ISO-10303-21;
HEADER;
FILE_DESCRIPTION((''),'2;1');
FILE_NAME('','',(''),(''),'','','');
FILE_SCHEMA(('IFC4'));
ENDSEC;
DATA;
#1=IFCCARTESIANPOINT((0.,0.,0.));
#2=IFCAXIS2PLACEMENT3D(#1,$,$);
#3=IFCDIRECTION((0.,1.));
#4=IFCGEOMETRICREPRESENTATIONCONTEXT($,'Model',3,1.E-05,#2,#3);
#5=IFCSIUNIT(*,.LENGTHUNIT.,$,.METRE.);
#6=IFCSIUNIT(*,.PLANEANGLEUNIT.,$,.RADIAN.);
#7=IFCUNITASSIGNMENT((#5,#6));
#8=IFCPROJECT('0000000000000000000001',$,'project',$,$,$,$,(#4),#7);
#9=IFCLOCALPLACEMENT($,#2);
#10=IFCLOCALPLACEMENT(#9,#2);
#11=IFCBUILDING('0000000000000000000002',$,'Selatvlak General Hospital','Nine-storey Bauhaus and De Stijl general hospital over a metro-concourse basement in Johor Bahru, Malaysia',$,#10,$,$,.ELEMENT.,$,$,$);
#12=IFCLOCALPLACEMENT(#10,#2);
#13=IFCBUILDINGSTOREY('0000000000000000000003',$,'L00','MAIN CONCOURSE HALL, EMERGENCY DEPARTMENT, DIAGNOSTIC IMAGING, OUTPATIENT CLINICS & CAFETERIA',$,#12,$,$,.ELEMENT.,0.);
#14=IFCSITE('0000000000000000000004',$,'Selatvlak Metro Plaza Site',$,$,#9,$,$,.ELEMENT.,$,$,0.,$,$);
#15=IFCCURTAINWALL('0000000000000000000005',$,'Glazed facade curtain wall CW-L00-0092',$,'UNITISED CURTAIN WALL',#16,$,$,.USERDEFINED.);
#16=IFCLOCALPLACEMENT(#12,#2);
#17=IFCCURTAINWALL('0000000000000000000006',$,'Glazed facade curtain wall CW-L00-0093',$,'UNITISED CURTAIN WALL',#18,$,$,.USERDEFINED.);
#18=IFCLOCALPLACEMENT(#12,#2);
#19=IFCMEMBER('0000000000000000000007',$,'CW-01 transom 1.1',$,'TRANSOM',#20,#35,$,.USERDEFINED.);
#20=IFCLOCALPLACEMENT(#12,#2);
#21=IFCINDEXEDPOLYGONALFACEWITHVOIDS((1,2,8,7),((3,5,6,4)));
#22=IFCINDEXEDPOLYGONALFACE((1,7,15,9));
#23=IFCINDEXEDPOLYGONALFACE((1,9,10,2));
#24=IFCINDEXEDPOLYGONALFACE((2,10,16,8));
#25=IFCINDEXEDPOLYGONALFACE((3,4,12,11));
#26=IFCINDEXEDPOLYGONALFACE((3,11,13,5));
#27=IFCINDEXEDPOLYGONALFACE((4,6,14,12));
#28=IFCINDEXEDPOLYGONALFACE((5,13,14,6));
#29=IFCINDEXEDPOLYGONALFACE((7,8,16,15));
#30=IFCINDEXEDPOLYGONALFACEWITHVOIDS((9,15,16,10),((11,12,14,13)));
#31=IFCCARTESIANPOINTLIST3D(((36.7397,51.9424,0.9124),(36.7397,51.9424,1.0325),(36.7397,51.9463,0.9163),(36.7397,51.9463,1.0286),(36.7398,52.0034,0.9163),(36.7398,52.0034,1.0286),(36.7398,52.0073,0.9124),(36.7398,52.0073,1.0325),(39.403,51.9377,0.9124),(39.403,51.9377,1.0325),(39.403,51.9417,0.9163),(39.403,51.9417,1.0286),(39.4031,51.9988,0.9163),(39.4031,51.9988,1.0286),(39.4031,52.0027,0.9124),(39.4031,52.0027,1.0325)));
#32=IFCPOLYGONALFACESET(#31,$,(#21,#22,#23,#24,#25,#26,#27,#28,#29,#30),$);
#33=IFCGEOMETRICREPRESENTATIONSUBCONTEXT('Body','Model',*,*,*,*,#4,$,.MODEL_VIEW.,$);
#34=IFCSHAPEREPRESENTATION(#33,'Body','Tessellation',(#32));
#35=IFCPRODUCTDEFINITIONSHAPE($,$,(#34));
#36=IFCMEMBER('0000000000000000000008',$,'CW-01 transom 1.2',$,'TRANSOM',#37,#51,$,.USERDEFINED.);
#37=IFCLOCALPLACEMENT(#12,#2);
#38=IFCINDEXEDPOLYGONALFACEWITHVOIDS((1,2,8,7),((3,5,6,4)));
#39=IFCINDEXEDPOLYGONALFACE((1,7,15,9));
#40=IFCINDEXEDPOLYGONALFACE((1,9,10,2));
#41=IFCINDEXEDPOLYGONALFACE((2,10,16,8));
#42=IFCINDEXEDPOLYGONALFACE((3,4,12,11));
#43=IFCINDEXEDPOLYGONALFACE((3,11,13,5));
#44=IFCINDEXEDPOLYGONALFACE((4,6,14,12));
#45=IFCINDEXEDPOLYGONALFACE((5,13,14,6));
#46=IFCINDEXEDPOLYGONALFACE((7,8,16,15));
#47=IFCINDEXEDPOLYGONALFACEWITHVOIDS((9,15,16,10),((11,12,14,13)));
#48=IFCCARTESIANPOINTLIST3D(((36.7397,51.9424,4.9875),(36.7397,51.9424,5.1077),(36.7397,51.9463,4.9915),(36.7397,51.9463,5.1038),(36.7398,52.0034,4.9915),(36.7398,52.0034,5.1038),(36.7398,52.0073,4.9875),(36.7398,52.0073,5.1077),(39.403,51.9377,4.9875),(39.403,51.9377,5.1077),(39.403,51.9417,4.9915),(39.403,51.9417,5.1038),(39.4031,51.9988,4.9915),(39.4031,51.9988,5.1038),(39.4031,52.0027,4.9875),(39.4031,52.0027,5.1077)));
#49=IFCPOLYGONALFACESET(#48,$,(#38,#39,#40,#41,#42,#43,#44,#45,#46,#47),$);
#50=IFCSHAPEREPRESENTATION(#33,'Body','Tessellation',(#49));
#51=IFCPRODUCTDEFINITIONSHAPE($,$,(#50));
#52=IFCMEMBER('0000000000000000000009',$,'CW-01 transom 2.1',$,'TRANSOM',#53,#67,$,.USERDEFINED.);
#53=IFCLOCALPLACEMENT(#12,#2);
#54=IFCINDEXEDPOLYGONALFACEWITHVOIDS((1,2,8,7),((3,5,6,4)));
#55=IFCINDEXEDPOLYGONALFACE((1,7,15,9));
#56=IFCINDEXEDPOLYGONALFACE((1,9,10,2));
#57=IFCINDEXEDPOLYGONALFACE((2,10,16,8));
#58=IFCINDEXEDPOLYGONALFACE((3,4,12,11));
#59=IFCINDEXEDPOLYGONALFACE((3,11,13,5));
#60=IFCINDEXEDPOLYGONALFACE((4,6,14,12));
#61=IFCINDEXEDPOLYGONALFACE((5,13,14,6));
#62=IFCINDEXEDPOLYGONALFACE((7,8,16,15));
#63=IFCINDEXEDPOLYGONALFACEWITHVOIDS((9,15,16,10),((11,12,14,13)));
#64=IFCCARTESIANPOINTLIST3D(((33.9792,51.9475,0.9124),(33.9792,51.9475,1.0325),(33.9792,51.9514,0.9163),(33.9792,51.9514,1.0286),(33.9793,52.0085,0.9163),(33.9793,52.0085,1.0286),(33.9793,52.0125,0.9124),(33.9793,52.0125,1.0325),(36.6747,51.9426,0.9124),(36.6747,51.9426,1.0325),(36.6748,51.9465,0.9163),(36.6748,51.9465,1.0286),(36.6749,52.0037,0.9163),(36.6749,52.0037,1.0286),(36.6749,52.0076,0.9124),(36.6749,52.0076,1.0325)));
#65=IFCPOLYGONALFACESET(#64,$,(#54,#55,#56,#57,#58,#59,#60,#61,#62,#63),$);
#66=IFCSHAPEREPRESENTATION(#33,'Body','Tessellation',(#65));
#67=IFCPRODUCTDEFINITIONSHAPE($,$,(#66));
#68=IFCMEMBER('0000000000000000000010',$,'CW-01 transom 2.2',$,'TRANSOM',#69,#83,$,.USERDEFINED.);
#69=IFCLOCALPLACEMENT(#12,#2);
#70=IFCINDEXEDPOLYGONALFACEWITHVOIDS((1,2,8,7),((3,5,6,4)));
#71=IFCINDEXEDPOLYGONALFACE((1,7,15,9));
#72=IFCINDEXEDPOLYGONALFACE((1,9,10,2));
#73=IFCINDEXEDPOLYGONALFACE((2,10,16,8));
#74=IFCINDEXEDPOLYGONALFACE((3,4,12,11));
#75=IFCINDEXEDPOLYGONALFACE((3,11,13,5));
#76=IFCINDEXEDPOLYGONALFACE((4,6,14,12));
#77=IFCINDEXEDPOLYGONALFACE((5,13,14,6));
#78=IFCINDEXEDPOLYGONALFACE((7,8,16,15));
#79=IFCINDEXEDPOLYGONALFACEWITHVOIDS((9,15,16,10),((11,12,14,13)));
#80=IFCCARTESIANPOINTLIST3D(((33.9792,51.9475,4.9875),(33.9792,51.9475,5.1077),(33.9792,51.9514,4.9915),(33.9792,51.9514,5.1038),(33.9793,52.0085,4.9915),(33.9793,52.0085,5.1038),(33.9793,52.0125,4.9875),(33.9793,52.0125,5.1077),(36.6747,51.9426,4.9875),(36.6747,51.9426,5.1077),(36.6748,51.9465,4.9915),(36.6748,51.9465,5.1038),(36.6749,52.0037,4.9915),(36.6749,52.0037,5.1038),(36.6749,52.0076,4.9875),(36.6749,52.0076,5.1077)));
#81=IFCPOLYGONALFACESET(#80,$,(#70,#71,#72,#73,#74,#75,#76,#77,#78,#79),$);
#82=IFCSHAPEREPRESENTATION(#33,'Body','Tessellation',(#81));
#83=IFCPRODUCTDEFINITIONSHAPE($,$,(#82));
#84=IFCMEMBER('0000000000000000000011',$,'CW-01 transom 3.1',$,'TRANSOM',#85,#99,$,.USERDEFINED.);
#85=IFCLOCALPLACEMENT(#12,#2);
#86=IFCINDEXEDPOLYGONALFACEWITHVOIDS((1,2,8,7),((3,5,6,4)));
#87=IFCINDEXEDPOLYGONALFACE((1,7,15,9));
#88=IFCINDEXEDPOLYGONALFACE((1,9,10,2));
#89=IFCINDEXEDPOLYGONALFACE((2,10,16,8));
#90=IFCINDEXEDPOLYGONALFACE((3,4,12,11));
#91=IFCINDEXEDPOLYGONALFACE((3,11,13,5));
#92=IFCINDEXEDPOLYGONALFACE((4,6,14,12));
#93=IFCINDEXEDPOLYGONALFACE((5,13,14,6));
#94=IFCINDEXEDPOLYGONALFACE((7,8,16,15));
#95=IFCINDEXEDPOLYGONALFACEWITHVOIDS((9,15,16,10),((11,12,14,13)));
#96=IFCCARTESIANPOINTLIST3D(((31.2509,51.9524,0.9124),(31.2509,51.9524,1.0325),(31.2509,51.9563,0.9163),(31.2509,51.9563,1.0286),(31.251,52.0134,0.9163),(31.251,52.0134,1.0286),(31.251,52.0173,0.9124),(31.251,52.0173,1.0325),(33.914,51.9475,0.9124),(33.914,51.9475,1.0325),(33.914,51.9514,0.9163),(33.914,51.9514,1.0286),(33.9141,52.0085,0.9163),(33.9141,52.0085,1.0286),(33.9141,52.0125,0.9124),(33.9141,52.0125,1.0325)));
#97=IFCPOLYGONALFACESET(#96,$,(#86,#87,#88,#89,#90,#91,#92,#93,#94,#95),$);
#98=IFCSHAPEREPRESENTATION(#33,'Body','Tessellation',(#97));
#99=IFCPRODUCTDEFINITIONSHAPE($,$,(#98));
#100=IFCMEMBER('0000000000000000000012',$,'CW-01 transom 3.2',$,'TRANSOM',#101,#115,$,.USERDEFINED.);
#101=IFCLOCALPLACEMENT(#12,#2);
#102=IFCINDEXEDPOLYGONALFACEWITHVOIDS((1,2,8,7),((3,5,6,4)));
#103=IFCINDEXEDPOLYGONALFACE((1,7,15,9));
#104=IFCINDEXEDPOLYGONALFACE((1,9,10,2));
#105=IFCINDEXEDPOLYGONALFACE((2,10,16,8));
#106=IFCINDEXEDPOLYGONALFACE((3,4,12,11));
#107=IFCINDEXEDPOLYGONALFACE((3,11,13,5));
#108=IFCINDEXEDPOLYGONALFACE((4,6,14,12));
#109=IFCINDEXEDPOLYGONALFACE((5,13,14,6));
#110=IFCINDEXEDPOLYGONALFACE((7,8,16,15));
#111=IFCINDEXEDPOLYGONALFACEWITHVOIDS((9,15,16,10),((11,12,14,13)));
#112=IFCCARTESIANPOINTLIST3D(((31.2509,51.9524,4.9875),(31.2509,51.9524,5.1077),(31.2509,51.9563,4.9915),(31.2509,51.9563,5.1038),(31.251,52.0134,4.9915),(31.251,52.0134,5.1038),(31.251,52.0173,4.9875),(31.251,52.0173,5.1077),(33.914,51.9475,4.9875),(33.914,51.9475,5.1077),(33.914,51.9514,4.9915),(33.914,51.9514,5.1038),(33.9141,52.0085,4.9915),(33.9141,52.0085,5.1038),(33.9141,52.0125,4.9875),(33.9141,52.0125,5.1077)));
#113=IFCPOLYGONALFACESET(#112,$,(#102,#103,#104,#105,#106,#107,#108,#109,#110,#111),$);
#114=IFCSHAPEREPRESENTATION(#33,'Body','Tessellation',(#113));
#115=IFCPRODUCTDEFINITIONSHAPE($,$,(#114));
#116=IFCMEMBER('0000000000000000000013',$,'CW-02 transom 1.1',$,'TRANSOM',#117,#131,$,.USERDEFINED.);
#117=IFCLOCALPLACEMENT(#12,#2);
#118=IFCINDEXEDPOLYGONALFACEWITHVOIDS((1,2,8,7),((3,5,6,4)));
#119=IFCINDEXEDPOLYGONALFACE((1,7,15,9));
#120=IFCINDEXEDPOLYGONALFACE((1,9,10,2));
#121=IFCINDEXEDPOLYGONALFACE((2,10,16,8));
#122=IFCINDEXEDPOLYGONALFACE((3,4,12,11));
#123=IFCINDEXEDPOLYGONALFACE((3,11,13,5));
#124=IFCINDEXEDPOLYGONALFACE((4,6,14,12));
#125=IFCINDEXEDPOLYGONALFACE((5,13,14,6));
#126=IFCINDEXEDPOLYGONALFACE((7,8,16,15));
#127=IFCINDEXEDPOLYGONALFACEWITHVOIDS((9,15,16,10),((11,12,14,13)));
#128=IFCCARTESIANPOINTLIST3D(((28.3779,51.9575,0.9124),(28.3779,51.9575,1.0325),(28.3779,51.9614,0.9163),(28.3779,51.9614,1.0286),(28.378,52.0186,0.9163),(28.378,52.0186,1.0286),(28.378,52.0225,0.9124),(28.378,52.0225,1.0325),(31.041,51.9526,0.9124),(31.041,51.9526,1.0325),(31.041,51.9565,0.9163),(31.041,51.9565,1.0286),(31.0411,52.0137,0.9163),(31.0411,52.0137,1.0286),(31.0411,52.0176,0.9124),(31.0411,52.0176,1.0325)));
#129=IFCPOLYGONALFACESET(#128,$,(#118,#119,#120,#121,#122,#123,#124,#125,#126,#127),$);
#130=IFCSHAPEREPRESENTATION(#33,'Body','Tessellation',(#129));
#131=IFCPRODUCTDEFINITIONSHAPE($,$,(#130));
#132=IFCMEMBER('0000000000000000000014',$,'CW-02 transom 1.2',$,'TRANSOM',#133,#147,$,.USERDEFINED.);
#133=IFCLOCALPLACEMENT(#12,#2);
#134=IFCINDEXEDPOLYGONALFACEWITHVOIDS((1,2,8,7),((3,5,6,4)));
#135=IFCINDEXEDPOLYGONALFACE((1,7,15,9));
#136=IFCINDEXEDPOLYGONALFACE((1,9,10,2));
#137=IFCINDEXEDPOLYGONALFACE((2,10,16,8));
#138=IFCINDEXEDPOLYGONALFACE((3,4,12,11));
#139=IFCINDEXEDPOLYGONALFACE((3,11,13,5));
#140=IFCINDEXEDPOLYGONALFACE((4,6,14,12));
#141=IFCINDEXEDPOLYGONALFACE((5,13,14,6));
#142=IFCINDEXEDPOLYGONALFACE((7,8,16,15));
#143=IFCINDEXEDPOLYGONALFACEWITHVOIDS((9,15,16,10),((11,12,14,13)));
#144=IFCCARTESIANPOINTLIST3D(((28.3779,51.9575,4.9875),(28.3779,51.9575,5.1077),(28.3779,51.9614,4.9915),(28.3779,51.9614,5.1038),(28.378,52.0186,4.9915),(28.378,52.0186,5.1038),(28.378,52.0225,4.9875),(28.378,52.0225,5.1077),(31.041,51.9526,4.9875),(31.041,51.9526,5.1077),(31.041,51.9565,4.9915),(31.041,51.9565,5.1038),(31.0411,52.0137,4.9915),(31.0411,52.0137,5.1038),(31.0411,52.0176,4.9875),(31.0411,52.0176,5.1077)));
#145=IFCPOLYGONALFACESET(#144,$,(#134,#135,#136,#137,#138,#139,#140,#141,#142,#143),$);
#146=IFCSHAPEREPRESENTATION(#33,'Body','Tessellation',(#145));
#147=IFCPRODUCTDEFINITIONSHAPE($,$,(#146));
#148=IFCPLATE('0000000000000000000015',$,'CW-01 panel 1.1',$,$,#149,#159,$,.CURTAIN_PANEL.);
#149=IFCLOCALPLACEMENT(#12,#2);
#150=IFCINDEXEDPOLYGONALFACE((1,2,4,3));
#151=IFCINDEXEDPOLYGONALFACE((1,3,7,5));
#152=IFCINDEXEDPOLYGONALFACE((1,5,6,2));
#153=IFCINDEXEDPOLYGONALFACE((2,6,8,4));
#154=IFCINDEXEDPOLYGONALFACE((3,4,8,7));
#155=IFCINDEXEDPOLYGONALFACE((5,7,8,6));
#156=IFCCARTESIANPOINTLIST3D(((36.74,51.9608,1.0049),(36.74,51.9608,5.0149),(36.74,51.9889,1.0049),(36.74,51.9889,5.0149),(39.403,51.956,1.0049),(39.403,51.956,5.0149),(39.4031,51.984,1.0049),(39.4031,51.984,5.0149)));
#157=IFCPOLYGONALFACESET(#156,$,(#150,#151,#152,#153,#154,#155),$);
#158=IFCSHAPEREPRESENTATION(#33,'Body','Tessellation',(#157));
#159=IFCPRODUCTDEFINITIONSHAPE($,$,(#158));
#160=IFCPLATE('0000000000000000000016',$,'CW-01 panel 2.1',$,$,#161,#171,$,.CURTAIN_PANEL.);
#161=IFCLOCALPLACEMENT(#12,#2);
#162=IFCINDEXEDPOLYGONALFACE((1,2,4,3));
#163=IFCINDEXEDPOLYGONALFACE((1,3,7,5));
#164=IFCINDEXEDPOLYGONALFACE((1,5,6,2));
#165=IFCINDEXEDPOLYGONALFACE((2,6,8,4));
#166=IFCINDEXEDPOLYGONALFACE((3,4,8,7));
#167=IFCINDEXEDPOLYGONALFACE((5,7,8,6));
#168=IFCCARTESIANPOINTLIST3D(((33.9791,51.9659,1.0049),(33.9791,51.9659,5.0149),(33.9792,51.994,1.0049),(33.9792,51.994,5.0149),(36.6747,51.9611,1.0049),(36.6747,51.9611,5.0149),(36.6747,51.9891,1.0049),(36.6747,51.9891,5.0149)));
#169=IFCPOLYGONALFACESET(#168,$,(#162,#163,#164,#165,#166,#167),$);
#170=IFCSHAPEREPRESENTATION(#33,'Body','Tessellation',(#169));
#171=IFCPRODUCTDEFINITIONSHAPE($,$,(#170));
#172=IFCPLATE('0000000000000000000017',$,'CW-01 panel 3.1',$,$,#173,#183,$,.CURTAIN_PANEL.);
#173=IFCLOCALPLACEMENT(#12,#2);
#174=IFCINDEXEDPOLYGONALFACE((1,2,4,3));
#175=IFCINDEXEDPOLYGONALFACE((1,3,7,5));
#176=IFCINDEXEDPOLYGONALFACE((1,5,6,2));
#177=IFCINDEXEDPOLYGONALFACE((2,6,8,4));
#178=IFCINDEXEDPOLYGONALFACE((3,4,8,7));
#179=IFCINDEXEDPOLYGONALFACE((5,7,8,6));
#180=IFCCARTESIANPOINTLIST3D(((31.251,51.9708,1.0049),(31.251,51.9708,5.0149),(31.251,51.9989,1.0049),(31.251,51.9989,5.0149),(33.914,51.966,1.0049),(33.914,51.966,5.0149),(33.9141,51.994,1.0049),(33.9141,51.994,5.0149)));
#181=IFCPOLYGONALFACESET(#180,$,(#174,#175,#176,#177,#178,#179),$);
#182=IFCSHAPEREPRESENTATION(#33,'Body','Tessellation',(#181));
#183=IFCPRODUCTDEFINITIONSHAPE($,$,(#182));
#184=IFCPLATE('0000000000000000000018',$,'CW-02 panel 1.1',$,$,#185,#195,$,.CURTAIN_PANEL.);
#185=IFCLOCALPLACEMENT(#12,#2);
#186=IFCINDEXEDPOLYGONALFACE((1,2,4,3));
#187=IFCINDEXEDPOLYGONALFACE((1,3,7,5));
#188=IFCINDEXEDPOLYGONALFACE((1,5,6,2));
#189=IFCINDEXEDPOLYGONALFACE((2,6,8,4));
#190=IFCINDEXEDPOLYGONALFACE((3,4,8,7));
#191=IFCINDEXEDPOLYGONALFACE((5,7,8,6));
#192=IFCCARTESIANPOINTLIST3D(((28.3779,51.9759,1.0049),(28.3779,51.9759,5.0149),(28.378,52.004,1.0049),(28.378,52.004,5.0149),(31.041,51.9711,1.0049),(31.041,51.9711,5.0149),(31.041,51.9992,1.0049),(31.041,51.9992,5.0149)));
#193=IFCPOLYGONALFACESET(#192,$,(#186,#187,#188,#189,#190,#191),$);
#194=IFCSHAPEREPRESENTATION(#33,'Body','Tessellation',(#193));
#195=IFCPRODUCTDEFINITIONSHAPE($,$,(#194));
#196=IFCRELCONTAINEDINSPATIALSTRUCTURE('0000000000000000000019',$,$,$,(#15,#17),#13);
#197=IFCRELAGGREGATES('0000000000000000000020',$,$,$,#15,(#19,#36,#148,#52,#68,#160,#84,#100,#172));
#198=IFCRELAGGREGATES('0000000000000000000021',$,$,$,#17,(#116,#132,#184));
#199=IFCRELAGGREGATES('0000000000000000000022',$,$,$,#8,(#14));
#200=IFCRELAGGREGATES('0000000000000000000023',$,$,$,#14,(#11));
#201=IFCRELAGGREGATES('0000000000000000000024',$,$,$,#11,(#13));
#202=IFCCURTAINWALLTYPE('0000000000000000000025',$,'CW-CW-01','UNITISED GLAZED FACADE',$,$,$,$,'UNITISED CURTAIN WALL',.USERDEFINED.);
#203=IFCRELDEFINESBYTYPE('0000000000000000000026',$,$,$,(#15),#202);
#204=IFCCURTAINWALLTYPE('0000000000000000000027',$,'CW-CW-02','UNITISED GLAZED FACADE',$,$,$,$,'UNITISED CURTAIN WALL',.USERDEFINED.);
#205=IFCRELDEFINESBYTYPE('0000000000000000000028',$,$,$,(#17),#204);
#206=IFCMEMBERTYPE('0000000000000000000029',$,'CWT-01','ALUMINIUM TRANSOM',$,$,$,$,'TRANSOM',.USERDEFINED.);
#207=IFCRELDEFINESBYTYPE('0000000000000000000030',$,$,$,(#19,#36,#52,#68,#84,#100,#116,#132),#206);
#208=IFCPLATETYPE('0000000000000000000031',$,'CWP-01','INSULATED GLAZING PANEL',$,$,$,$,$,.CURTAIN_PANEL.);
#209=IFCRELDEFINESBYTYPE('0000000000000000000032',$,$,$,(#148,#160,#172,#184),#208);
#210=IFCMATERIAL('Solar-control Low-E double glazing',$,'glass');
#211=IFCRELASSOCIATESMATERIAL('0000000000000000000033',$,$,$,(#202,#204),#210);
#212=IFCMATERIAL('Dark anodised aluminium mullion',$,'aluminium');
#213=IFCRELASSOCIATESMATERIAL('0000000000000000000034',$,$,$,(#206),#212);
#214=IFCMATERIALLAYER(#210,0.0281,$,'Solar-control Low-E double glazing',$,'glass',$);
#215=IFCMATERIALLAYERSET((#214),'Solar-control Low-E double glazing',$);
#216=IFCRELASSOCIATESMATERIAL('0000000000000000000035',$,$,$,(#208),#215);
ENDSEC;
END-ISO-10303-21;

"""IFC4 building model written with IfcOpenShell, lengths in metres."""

from ifc_helpers import new_model, si_unit, direction, frame, origin, origin_2d, place, context, subcontext, project, spatial, rectangle, hollow_rectangle, extrude, material, layer, layer_set, material_profile, profile_set, type_object, element, aggregate, save


model = new_model("IFC4")

# Units and contexts
model_context = context("Model", 3, precision=1e-05, world=origin(), true_north=direction((0.0, 1.0)))
body_context = subcontext(model_context, "Body", "Model", "MODEL_VIEW")
ifc_project = project(units=[si_unit("LENGTHUNIT", "METRE"), si_unit("PLANEANGLEUNIT", "RADIAN")], contexts=[model_context])

# Site, building, storey
site_placement = place(None, origin())
site = spatial("IfcSite", under=ifc_project, at=site_placement, Name="Selatvlak Metro Plaza Site", CompositionType="ELEMENT", RefElevation=0.0)
building_placement = place(site_placement, origin())
building = spatial("IfcBuilding", under=site, at=building_placement, Name="Selatvlak General Hospital", Description="Nine-storey Bauhaus and De Stijl general hospital over a metro-concourse basement in Johor Bahru, Malaysia", CompositionType="ELEMENT")
storey_placement = place(building_placement, origin())
storey = spatial("IfcBuildingStorey", under=building, at=storey_placement, Name="L00", Description="MAIN CONCOURSE HALL, EMERGENCY DEPARTMENT, DIAGNOSTIC IMAGING, OUTPATIENT CLINICS & CAFETERIA", CompositionType="ELEMENT", Elevation=0.0)

# Curtain walls
ifc_material_1 = material(Name="Solar-control Low-E double glazing", Category="glass")
curtain_wall_type_1 = type_object("IfcCurtainWallType", Name="CW-CW-01", Description="UNITISED GLAZED FACADE", ElementType="UNITISED CURTAIN WALL", PredefinedType="USERDEFINED", material=ifc_material_1)
curtain_wall_1_placement = place(storey_placement, origin())
curtain_wall_1 = element("IfcCurtainWall", 1, at=curtain_wall_1_placement, inside=storey, type_object=curtain_wall_type_1, Name="Glazed facade curtain wall CW-L00-0092", ObjectType="UNITISED CURTAIN WALL", PredefinedType="USERDEFINED")
ifc_material_2 = material(Name="Dark anodised aluminium mullion", Category="aluminium")
curtain_wall_type_2 = type_object("IfcCurtainWallType", Name="CW-CW-02", Description="UNITISED GLAZED FACADE", ElementType="UNITISED CURTAIN WALL", PredefinedType="USERDEFINED", material=ifc_material_1)
curtain_wall_2_placement = place(storey_placement, origin())
curtain_wall_2 = element("IfcCurtainWall", 2, at=curtain_wall_2_placement, inside=storey, type_object=curtain_wall_type_2, Name="Glazed facade curtain wall CW-L00-0093", ObjectType="UNITISED CURTAIN WALL", PredefinedType="USERDEFINED")

# Members
ifc_material_profile_1 = material_profile(ifc_material_2, hollow_rectangle(XDim=0.0649, YDim=0.1201, WallThickness=0.0039, at=origin_2d()), Name="AL-TRN 65x120x4")
ifc_profile_set_1 = profile_set([ifc_material_profile_1], Name="Dark anodised aluminium mullion")
member_type_1 = type_object("IfcMemberType", Name="CWT-01", Description="ALUMINIUM TRANSOM", ElementType="TRANSOM", PredefinedType="USERDEFINED", material=ifc_profile_set_1)
member_1_placement = place(storey_placement, frame((39.4031, 51.9702, 0.9724), z_axis=(-0.999998, 0.001742, 0.0), x_axis=(-0.001742, -0.999998, 0.0)))
member_1 = element("IfcMember", 3, at=member_1_placement, type_object=member_type_1, Name="CW-01 transom 1.1", ObjectType="TRANSOM", PredefinedType="USERDEFINED", context=body_context, shape_type="SweptSolid", body=[
    extrude(hollow_rectangle(XDim=0.0649, YDim=0.1201, WallThickness=0.0039, at=origin_2d()), origin(), (0.0, 0.0, 1.0), 2.6633),
])
member_2_placement = place(storey_placement, frame((39.4031, 51.9702, 5.0476), z_axis=(-0.999998, 0.001742, 0.0), x_axis=(-0.001742, -0.999998, 0.0)))
member_2 = element("IfcMember", 4, at=member_2_placement, type_object=member_type_1, Name="CW-01 transom 1.2", ObjectType="TRANSOM", PredefinedType="USERDEFINED", context=body_context, shape_type="SweptSolid", body=[
    extrude(hollow_rectangle(XDim=0.0649, YDim=0.1201, WallThickness=0.0039, at=origin_2d()), origin(), (0.0, 0.0, 1.0), 2.6633),
])
member_3_placement = place(storey_placement, frame((36.6748, 51.9751, 0.9724), z_axis=(-0.999998, 0.001811, 0.0), x_axis=(-0.001811, -0.999998, 0.0)))
member_3 = element("IfcMember", 5, at=member_3_placement, type_object=member_type_1, Name="CW-01 transom 2.1", ObjectType="TRANSOM", PredefinedType="USERDEFINED", context=body_context, shape_type="SweptSolid", body=[
    extrude(hollow_rectangle(XDim=0.0649, YDim=0.1201, WallThickness=0.0039, at=origin_2d()), origin(), (0.0, 0.0, 1.0), 2.6956),
])
member_4_placement = place(storey_placement, frame((36.6748, 51.9751, 5.0476), z_axis=(-0.999998, 0.001811, 0.0), x_axis=(-0.001811, -0.999998, 0.0)))
member_4 = element("IfcMember", 6, at=member_4_placement, type_object=member_type_1, Name="CW-01 transom 2.2", ObjectType="TRANSOM", PredefinedType="USERDEFINED", context=body_context, shape_type="SweptSolid", body=[
    extrude(hollow_rectangle(XDim=0.0649, YDim=0.1201, WallThickness=0.0039, at=origin_2d()), origin(), (0.0, 0.0, 1.0), 2.6956),
])
member_5_placement = place(storey_placement, frame((33.9141, 51.98, 0.9724), z_axis=(-0.999998, 0.001834, 0.0), x_axis=(-0.001834, -0.999998, 0.0)))
member_5 = element("IfcMember", 7, at=member_5_placement, type_object=member_type_1, Name="CW-01 transom 3.1", ObjectType="TRANSOM", PredefinedType="USERDEFINED", context=body_context, shape_type="SweptSolid", body=[
    extrude(hollow_rectangle(XDim=0.0649, YDim=0.1201, WallThickness=0.0039, at=origin_2d()), origin(), (0.0, 0.0, 1.0), 2.6631),
])
member_6_placement = place(storey_placement, frame((33.9141, 51.98, 5.0476), z_axis=(-0.999998, 0.001834, 0.0), x_axis=(-0.001834, -0.999998, 0.0)))
member_6 = element("IfcMember", 8, at=member_6_placement, type_object=member_type_1, Name="CW-01 transom 3.2", ObjectType="TRANSOM", PredefinedType="USERDEFINED", context=body_context, shape_type="SweptSolid", body=[
    extrude(hollow_rectangle(XDim=0.0649, YDim=0.1201, WallThickness=0.0039, at=origin_2d()), origin(), (0.0, 0.0, 1.0), 2.6631),
])
member_7_placement = place(storey_placement, frame((31.041, 51.9851, 0.9724), z_axis=(-0.999998, 0.001834, 0.0), x_axis=(-0.001834, -0.999998, 0.0)))
member_7 = element("IfcMember", 9, at=member_7_placement, type_object=member_type_1, Name="CW-02 transom 1.1", ObjectType="TRANSOM", PredefinedType="USERDEFINED", context=body_context, shape_type="SweptSolid", body=[
    extrude(hollow_rectangle(XDim=0.0649, YDim=0.1201, WallThickness=0.0039, at=origin_2d()), origin(), (0.0, 0.0, 1.0), 2.6631),
])
member_8_placement = place(storey_placement, frame((31.041, 51.9851, 5.0476), z_axis=(-0.999998, 0.001834, 0.0), x_axis=(-0.001834, -0.999998, 0.0)))
member_8 = element("IfcMember", 10, at=member_8_placement, type_object=member_type_1, Name="CW-02 transom 1.2", ObjectType="TRANSOM", PredefinedType="USERDEFINED", context=body_context, shape_type="SweptSolid", body=[
    extrude(hollow_rectangle(XDim=0.0649, YDim=0.1201, WallThickness=0.0039, at=origin_2d()), origin(), (0.0, 0.0, 1.0), 2.6631),
])

# Plates
ifc_layer_1 = layer(ifc_material_1, 0.0281, Name="Solar-control Low-E double glazing", Category="glass")
ifc_layer_set_1 = layer_set([ifc_layer_1], Name="Solar-control Low-E double glazing")
plate_type = type_object("IfcPlateType", Name="CWP-01", Description="INSULATED GLAZING PANEL", PredefinedType="CURTAIN_PANEL", material=ifc_layer_set_1)
plate_1_placement = place(storey_placement, frame((38.0715, 51.9724, 1.0049), z_axis=(0.0, 0.0, 1.0), x_axis=(-0.999998, 0.001811, 0.0)))
plate_1 = element("IfcPlate", 11, at=plate_1_placement, type_object=plate_type, Name="CW-01 panel 1.1", PredefinedType="CURTAIN_PANEL", context=body_context, shape_type="SweptSolid", body=[
    extrude(rectangle(XDim=2.6631, YDim=0.0281, at=origin_2d()), origin(), (0.0, 0.0, 1.0), 4.01),
])
plate_2_placement = place(storey_placement, frame((35.3269, 51.9775, 1.0049), z_axis=(0.0, 0.0, 1.0), x_axis=(-0.999998, 0.001811, 0.0)))
plate_2 = element("IfcPlate", 12, at=plate_2_placement, type_object=plate_type, Name="CW-01 panel 2.1", PredefinedType="CURTAIN_PANEL", context=body_context, shape_type="SweptSolid", body=[
    extrude(rectangle(XDim=2.6956, YDim=0.0281, at=origin_2d()), origin(), (0.0, 0.0, 1.0), 4.01),
])
plate_3_placement = place(storey_placement, frame((32.5825, 51.9824, 1.0049), z_axis=(0.0, 0.0, 1.0), x_axis=(-0.999998, 0.001811, 0.0)))
plate_3 = element("IfcPlate", 13, at=plate_3_placement, type_object=plate_type, Name="CW-01 panel 3.1", PredefinedType="CURTAIN_PANEL", context=body_context, shape_type="SweptSolid", body=[
    extrude(rectangle(XDim=2.6631, YDim=0.0281, at=origin_2d()), origin(), (0.0, 0.0, 1.0), 4.01),
])
aggregate(curtain_wall_1, [member_1, member_2, plate_1, member_3, member_4, plate_2, member_5, member_6, plate_3])
plate_4_placement = place(storey_placement, frame((29.7095, 51.9875, 1.0049), z_axis=(0.0, 0.0, 1.0), x_axis=(-0.999998, 0.001811, 0.0)))
plate_4 = element("IfcPlate", 14, at=plate_4_placement, type_object=plate_type, Name="CW-02 panel 1.1", PredefinedType="CURTAIN_PANEL", context=body_context, shape_type="SweptSolid", body=[
    extrude(rectangle(XDim=2.6631, YDim=0.0281, at=origin_2d()), origin(), (0.0, 0.0, 1.0), 4.01),
])
aggregate(curtain_wall_2, [member_7, member_8, plate_4])

save(model, "model.ifc")
